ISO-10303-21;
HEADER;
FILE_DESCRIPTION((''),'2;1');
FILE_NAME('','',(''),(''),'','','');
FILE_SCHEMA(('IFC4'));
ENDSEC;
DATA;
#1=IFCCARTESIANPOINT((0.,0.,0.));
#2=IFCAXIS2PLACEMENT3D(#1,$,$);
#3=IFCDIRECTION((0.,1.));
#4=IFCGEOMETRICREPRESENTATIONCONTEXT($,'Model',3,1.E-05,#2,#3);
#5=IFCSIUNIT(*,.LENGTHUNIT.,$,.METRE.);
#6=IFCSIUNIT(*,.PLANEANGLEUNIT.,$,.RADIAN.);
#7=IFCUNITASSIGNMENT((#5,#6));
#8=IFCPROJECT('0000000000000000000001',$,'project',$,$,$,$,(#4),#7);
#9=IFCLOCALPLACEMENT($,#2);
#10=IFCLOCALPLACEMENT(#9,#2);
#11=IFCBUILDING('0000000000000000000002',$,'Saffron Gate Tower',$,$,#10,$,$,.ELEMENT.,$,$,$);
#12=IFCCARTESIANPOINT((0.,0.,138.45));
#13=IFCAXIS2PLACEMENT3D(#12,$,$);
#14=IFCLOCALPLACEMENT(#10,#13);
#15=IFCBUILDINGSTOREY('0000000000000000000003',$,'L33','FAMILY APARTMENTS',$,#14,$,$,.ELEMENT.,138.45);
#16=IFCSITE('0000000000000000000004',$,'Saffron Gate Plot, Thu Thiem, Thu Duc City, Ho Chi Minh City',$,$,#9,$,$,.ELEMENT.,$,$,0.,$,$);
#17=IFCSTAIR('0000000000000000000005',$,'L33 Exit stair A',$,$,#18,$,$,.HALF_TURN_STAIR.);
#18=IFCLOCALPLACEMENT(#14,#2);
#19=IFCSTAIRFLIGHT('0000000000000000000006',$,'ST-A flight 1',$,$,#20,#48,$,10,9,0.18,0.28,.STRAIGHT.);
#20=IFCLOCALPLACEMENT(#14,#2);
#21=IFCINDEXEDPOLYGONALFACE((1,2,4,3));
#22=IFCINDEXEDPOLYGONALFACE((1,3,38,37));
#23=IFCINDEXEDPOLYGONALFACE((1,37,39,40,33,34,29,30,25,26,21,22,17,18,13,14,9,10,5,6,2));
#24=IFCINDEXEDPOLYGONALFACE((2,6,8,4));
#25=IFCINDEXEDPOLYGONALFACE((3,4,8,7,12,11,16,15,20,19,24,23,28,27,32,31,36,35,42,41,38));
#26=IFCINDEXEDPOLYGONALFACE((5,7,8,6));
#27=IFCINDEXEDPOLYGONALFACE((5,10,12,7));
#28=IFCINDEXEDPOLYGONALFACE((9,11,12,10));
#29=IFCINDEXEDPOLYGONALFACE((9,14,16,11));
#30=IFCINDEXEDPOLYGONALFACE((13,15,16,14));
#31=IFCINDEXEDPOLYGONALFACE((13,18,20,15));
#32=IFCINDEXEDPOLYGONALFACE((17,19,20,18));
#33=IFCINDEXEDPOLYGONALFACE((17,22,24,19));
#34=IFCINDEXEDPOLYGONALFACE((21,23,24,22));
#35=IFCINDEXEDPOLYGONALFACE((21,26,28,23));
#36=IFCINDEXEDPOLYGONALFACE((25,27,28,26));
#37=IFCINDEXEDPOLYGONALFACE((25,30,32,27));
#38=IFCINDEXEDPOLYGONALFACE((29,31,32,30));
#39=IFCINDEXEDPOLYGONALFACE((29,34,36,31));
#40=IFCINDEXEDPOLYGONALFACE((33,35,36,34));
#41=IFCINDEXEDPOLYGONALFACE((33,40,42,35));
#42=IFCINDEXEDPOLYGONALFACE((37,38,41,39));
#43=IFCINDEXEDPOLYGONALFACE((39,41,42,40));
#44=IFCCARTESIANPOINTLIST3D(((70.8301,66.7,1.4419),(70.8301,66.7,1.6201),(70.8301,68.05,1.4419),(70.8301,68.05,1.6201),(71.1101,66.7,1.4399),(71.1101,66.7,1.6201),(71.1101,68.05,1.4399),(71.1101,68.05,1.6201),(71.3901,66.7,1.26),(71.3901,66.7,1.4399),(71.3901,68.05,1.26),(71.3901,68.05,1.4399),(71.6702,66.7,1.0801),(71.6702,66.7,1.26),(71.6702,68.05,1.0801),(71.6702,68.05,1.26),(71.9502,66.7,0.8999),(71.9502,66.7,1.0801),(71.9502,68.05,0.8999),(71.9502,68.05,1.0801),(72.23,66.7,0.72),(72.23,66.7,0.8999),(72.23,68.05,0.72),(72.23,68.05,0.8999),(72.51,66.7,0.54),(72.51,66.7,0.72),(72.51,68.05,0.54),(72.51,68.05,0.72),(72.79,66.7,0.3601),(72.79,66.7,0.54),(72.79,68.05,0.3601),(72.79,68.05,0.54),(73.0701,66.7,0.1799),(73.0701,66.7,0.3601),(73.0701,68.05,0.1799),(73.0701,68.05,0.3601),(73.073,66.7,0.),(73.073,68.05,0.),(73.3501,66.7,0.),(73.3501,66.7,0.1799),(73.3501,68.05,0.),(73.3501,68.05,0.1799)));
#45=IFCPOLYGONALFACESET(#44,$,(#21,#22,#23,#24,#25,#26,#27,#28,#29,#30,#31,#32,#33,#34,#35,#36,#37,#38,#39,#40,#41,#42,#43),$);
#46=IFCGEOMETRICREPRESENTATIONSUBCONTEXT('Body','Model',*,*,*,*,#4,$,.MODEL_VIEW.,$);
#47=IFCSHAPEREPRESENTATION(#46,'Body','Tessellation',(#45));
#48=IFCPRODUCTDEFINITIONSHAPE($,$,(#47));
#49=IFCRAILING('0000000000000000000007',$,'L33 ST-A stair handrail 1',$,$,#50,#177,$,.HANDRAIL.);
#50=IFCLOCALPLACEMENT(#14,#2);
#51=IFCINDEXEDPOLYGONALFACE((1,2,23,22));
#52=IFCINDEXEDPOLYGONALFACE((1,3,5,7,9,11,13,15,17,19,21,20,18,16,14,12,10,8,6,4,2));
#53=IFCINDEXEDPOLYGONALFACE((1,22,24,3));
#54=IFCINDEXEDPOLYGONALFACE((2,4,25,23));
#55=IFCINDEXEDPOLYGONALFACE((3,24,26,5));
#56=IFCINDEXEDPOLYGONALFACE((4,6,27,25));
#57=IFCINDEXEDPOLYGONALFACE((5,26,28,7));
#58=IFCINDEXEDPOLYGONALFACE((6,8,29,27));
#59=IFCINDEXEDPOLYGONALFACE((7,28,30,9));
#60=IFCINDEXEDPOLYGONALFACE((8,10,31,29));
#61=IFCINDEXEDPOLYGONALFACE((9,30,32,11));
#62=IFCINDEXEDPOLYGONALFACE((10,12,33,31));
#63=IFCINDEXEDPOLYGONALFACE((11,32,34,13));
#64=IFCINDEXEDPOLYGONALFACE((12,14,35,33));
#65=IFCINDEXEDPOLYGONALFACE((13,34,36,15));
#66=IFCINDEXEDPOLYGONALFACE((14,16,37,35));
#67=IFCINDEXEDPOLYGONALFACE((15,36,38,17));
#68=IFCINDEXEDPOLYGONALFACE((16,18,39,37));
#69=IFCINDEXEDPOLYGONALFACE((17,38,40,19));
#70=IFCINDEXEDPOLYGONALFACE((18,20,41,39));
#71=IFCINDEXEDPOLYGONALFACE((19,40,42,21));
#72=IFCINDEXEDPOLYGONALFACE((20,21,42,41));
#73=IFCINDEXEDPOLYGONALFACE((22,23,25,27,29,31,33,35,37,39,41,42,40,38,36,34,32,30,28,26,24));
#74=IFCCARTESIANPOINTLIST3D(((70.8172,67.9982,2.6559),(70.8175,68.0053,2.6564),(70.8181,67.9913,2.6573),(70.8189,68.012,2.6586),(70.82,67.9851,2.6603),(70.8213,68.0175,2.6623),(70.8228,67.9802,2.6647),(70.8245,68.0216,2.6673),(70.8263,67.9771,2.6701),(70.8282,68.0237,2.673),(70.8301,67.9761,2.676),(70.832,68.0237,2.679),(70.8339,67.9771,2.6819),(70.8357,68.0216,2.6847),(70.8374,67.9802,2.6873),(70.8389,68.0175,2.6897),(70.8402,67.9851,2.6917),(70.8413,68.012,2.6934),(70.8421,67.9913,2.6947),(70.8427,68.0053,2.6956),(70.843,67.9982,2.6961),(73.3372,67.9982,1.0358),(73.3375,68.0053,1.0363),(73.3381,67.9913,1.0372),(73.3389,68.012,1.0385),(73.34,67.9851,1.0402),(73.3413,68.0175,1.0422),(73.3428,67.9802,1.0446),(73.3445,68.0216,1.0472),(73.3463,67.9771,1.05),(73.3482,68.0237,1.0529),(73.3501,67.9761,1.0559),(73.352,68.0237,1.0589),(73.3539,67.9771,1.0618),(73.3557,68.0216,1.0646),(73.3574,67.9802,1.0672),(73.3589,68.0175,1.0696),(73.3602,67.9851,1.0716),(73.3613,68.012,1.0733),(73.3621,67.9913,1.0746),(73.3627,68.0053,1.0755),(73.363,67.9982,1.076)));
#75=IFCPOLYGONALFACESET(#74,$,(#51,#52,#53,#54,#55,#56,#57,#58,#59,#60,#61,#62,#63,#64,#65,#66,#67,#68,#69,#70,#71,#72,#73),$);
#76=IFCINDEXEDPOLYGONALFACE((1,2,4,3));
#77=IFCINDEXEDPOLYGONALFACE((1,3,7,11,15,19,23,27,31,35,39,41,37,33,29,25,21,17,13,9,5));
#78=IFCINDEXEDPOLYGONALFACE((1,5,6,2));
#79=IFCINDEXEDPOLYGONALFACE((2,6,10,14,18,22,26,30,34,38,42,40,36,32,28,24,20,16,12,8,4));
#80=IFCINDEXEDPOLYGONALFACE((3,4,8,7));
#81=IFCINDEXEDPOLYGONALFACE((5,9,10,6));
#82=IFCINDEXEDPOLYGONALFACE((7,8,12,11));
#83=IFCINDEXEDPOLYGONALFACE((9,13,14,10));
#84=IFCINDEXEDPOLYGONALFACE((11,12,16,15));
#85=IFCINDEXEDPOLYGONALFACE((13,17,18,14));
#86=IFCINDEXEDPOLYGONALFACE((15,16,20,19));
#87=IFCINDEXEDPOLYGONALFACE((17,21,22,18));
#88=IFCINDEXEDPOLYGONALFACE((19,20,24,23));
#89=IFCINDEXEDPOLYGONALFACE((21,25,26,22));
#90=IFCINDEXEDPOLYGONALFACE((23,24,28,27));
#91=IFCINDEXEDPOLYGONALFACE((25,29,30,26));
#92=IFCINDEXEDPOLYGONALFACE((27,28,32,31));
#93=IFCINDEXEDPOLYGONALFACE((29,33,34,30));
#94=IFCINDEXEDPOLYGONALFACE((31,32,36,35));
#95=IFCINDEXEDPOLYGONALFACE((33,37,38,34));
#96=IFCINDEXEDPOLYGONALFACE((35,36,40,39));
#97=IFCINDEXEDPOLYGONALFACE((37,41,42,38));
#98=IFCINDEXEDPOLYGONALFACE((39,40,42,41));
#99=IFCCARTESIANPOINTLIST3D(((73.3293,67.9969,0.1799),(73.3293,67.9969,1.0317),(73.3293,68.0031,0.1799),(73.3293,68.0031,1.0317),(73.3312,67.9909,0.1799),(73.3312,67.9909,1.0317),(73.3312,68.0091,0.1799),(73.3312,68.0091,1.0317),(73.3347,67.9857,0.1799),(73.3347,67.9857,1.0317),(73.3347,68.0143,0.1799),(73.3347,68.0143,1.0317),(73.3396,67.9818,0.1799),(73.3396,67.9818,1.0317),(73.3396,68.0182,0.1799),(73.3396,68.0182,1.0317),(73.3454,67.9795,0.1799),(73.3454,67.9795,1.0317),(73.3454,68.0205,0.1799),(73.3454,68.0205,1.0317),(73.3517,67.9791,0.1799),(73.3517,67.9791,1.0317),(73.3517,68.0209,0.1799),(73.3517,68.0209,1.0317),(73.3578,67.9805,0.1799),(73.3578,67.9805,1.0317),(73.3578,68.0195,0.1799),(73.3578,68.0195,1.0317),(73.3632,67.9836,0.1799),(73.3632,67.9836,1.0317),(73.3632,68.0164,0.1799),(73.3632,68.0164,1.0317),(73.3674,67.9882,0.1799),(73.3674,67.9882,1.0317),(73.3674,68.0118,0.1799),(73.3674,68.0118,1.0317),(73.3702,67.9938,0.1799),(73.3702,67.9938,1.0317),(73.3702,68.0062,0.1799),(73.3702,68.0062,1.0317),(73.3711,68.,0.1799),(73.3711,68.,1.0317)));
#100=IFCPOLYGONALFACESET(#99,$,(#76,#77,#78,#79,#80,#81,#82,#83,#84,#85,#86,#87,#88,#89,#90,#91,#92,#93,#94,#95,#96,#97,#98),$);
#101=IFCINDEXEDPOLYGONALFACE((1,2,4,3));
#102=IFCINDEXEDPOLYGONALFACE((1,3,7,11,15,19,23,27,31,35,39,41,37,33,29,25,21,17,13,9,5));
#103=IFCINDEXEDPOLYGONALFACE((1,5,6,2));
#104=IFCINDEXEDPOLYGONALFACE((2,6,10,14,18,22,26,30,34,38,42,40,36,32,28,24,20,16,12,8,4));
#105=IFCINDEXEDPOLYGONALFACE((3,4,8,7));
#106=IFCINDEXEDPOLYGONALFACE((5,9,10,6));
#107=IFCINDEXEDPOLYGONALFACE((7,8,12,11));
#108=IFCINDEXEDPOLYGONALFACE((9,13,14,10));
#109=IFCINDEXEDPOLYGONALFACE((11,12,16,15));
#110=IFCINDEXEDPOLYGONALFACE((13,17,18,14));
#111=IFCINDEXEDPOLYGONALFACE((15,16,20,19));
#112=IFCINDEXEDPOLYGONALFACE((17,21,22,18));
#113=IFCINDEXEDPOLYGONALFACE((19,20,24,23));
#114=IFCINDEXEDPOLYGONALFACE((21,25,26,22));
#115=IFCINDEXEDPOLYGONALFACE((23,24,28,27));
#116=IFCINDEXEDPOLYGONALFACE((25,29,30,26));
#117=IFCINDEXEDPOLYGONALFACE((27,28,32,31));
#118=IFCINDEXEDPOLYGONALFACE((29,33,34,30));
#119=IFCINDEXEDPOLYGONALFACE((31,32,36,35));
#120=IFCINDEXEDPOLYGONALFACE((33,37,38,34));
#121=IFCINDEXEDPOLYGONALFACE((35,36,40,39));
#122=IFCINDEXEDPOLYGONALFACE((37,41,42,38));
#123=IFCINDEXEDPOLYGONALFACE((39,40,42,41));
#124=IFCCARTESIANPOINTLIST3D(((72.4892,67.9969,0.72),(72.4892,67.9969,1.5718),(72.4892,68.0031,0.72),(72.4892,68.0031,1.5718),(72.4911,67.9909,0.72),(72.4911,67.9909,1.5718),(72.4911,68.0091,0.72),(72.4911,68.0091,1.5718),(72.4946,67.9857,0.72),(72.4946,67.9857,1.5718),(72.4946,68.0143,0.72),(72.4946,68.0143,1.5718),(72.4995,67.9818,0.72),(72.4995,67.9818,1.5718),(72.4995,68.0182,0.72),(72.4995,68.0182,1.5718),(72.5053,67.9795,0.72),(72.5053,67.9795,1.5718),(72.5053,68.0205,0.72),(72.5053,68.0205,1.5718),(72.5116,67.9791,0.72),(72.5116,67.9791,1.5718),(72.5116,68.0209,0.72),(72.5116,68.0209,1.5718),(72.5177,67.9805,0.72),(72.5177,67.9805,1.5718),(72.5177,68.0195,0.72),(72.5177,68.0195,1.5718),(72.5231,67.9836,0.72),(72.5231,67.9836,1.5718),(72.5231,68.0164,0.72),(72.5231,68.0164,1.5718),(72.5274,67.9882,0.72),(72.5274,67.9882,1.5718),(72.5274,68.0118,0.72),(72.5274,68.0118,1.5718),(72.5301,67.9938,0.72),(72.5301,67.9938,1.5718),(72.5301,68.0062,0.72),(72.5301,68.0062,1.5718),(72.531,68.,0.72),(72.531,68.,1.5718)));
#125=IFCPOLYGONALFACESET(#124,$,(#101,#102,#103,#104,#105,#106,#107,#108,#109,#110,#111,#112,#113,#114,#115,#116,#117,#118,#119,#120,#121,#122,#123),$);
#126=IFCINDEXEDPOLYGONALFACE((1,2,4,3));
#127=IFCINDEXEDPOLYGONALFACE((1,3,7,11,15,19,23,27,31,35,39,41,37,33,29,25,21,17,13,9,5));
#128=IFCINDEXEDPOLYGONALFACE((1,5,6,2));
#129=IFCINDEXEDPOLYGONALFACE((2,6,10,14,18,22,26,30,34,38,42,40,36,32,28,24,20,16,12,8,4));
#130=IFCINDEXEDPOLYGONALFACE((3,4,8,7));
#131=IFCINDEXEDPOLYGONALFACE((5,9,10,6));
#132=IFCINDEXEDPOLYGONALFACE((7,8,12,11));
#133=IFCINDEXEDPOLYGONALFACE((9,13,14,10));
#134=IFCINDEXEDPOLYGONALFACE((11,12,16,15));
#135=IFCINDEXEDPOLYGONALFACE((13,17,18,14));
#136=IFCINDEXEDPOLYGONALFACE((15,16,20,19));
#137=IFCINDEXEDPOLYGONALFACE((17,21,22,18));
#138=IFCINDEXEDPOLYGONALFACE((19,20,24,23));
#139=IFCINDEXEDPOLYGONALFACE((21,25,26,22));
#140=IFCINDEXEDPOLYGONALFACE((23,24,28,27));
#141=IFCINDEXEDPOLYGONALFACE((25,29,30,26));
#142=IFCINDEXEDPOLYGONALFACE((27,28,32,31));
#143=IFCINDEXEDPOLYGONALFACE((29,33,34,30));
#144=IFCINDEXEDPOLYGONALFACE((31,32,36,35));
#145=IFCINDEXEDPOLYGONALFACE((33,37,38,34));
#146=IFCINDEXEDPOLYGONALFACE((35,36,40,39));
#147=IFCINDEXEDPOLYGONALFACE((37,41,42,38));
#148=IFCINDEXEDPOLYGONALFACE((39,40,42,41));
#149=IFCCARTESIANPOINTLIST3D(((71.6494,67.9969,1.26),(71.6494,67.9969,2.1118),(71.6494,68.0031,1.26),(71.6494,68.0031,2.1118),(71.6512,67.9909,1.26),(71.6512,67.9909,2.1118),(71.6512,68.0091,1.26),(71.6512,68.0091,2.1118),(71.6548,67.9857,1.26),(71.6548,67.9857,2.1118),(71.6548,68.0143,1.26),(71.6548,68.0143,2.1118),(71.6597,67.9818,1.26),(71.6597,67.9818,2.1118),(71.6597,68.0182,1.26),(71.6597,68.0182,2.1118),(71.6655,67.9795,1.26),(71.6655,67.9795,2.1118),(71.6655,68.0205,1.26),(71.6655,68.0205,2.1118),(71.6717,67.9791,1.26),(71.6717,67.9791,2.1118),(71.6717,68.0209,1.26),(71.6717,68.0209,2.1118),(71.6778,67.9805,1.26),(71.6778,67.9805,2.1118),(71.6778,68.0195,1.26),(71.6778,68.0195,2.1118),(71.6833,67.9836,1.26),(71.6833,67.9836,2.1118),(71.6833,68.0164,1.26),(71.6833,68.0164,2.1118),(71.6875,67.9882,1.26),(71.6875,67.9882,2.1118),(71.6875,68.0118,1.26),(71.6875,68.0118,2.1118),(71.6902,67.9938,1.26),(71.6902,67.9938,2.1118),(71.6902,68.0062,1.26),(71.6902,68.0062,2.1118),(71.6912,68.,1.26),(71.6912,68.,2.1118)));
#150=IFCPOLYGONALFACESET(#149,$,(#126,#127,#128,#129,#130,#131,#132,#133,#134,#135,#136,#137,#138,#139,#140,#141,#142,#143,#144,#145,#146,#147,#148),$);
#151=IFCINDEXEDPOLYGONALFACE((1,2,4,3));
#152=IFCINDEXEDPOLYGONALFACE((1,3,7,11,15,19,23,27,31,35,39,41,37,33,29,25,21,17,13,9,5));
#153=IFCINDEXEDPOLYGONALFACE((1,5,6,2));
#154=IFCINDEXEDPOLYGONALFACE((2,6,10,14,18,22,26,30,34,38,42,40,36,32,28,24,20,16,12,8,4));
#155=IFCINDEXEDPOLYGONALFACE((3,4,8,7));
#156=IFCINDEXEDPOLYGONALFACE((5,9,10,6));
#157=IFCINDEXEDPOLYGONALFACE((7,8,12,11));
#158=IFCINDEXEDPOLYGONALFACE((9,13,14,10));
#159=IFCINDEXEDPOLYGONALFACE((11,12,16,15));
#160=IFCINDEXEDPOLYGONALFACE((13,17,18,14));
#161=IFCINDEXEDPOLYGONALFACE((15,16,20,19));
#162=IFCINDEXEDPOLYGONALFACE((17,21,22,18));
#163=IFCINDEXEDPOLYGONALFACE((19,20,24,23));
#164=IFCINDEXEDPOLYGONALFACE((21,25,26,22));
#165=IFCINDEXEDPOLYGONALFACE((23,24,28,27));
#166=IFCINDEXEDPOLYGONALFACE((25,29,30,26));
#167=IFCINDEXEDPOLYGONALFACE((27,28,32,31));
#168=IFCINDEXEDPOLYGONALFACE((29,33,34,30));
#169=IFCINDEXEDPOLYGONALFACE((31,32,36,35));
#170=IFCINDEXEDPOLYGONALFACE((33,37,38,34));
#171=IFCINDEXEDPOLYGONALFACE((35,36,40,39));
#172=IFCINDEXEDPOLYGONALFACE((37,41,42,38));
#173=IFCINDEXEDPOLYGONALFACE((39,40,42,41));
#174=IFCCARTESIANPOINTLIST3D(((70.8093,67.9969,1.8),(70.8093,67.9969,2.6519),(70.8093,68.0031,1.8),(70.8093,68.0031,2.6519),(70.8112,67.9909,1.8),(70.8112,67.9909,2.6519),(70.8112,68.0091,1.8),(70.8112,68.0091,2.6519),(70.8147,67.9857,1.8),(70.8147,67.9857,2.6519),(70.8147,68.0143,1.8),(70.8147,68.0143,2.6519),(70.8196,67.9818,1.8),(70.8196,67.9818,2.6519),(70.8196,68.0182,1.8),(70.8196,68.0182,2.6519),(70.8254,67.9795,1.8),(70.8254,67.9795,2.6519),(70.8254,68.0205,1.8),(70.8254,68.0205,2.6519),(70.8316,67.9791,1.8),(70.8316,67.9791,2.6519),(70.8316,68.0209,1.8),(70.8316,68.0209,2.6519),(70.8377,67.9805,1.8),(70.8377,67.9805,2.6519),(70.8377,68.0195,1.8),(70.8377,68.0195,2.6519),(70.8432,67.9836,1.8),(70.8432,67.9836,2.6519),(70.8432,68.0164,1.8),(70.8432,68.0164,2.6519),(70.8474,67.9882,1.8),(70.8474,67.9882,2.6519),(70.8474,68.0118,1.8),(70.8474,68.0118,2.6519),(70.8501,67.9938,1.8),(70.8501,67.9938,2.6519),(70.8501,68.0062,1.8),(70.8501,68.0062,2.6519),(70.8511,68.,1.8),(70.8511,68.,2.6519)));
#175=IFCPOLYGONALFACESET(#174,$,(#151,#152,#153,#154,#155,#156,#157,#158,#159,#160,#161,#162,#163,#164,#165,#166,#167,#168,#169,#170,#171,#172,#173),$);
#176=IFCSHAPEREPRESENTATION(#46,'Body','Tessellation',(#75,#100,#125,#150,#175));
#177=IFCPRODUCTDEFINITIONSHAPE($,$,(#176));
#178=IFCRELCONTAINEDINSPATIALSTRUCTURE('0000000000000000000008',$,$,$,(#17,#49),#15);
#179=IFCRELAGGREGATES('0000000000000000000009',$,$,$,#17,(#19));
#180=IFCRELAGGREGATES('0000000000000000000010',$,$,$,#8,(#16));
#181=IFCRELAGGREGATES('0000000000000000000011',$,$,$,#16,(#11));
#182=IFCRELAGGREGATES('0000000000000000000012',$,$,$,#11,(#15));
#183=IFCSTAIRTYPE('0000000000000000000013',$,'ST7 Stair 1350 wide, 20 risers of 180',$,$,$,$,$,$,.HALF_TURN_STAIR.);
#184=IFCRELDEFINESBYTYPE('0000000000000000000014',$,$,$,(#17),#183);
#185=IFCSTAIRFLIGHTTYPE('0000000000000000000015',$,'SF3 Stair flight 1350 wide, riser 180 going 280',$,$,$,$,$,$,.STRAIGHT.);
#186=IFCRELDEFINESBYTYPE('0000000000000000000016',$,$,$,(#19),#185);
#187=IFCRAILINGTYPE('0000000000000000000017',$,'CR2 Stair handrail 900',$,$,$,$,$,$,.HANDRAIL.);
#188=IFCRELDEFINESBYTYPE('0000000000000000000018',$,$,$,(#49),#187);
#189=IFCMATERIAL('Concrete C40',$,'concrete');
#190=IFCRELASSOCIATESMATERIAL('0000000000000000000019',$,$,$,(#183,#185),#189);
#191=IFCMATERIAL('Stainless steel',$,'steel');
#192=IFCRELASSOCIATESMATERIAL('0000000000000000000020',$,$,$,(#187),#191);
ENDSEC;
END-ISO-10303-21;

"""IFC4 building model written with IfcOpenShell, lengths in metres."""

from ifc_helpers import new_model, si_unit, direction, frame, origin, origin_2d, place, context, subcontext, project, spatial, polyline, circle, outline, extrude, material, type_object, element, aggregate, save


model = new_model("IFC4")

# Units and contexts
model_context = context("Model", 3, precision=1e-05, world=origin(), true_north=direction((0.0, 1.0)))
body_context = subcontext(model_context, "Body", "Model", "MODEL_VIEW")
ifc_project = project(units=[si_unit("LENGTHUNIT", "METRE"), si_unit("PLANEANGLEUNIT", "RADIAN")], contexts=[model_context])

# Site, building, storey
site_placement = place(None, origin())
site = spatial("IfcSite", under=ifc_project, at=site_placement, Name="Saffron Gate Plot, Thu Thiem, Thu Duc City, Ho Chi Minh City", CompositionType="ELEMENT", RefElevation=0.0)
building_placement = place(site_placement, origin())
building = spatial("IfcBuilding", under=site, at=building_placement, Name="Saffron Gate Tower", CompositionType="ELEMENT")
storey_placement = place(building_placement, frame((0.0, 0.0, 138.45)))
storey = spatial("IfcBuildingStorey", under=building, at=storey_placement, Name="L33", Description="FAMILY APARTMENTS", CompositionType="ELEMENT", Elevation=138.45)

# Stair, stair flight
ifc_material_1 = material(Name="Concrete C40", Category="concrete")
stair_type = type_object("IfcStairType", Name="ST7 Stair 1350 wide, 20 risers of 180", PredefinedType="HALF_TURN_STAIR", material=ifc_material_1)
stair_placement = place(storey_placement, origin())
stair = element("IfcStair", 1, at=stair_placement, inside=storey, type_object=stair_type, Name="L33 Exit stair A", PredefinedType="HALF_TURN_STAIR")
stair_flight_type = type_object("IfcStairFlightType", Name="SF3 Stair flight 1350 wide, riser 180 going 280", PredefinedType="STRAIGHT", material=ifc_material_1)
stair_flight_placement = place(storey_placement, frame((73.3501, 67.375, 0.0), z_axis=(0.0, 0.0, 1.0), x_axis=(-1.0, 0.0, 0.0)))
stair_flight = element("IfcStairFlight", 2, at=stair_flight_placement, type_object=stair_flight_type, Name="ST-A flight 1", NumberOfRisers=10, NumberOfTreads=9, PredefinedType="STRAIGHT", RiserHeight=0.18, TreadLength=0.28, context=body_context, shape_type="SweptSolid", body=[
    extrude(outline(polyline([(0.0, 0.0), (0.0, 0.1799), (0.28, 0.1799), (0.28, 0.3601), (0.5601, 0.3601), (0.5601, 0.54), (0.8401, 0.54), (0.8401, 0.72), (1.1201, 0.72), (1.1201, 0.8999), (1.3999, 0.8999), (1.3999, 1.0801), (1.6799, 1.0801), (1.6799, 1.26), (1.96, 1.26), (1.96, 1.4399), (2.24, 1.4399), (2.24, 1.6201), (2.52, 1.6201), (2.52, 1.8), (2.52, 1.4419), (0.2771, 0.0), (0.0, 0.0)])), frame((0.0, 0.675, 0.0), z_axis=(0.0, -1.0, 0.0), x_axis=(1.0, 0.0, 0.0)), (0.0, 0.0, 1.0), 1.3501),
])
aggregate(stair, [stair_flight])

# Railing
ifc_material_2 = material(Name="Stainless steel", Category="steel")
railing_type = type_object("IfcRailingType", Name="CR2 Stair handrail 900", PredefinedType="HANDRAIL", material=ifc_material_2)
railing_placement = place(storey_placement, frame((73.3501, 68.0, 0.1799)))
element("IfcRailing", 3, at=railing_placement, inside=storey, type_object=railing_type, Name="L33 ST-A stair handrail 1", PredefinedType="HANDRAIL", context=body_context, shape_type="SweptSolid", body=[
    extrude(circle(Radius=0.0239, at=origin_2d()), frame((0.0, 0.0, 0.876), z_axis=(-0.841163, 0.0, 0.540782), x_axis=(0.0, -1.0, 0.0)), (0.0, 0.0, 1.0), 2.9958),
    extrude(circle(Radius=0.021, at=origin_2d()), origin(), (0.0, 0.0, 1.0), 0.8518),
    extrude(circle(Radius=0.021, at=origin_2d()), frame((-0.8401, 0.0, 0.54)), (0.0, 0.0, 1.0), 0.8518),
    extrude(circle(Radius=0.021, at=origin_2d()), frame((-1.6799, 0.0, 1.0801)), (0.0, 0.0, 1.0), 0.8518),
    extrude(circle(Radius=0.021, at=origin_2d()), frame((-2.52, 0.0, 1.6201)), (0.0, 0.0, 1.0), 0.8518),
])

save(model, "model.ifc")
